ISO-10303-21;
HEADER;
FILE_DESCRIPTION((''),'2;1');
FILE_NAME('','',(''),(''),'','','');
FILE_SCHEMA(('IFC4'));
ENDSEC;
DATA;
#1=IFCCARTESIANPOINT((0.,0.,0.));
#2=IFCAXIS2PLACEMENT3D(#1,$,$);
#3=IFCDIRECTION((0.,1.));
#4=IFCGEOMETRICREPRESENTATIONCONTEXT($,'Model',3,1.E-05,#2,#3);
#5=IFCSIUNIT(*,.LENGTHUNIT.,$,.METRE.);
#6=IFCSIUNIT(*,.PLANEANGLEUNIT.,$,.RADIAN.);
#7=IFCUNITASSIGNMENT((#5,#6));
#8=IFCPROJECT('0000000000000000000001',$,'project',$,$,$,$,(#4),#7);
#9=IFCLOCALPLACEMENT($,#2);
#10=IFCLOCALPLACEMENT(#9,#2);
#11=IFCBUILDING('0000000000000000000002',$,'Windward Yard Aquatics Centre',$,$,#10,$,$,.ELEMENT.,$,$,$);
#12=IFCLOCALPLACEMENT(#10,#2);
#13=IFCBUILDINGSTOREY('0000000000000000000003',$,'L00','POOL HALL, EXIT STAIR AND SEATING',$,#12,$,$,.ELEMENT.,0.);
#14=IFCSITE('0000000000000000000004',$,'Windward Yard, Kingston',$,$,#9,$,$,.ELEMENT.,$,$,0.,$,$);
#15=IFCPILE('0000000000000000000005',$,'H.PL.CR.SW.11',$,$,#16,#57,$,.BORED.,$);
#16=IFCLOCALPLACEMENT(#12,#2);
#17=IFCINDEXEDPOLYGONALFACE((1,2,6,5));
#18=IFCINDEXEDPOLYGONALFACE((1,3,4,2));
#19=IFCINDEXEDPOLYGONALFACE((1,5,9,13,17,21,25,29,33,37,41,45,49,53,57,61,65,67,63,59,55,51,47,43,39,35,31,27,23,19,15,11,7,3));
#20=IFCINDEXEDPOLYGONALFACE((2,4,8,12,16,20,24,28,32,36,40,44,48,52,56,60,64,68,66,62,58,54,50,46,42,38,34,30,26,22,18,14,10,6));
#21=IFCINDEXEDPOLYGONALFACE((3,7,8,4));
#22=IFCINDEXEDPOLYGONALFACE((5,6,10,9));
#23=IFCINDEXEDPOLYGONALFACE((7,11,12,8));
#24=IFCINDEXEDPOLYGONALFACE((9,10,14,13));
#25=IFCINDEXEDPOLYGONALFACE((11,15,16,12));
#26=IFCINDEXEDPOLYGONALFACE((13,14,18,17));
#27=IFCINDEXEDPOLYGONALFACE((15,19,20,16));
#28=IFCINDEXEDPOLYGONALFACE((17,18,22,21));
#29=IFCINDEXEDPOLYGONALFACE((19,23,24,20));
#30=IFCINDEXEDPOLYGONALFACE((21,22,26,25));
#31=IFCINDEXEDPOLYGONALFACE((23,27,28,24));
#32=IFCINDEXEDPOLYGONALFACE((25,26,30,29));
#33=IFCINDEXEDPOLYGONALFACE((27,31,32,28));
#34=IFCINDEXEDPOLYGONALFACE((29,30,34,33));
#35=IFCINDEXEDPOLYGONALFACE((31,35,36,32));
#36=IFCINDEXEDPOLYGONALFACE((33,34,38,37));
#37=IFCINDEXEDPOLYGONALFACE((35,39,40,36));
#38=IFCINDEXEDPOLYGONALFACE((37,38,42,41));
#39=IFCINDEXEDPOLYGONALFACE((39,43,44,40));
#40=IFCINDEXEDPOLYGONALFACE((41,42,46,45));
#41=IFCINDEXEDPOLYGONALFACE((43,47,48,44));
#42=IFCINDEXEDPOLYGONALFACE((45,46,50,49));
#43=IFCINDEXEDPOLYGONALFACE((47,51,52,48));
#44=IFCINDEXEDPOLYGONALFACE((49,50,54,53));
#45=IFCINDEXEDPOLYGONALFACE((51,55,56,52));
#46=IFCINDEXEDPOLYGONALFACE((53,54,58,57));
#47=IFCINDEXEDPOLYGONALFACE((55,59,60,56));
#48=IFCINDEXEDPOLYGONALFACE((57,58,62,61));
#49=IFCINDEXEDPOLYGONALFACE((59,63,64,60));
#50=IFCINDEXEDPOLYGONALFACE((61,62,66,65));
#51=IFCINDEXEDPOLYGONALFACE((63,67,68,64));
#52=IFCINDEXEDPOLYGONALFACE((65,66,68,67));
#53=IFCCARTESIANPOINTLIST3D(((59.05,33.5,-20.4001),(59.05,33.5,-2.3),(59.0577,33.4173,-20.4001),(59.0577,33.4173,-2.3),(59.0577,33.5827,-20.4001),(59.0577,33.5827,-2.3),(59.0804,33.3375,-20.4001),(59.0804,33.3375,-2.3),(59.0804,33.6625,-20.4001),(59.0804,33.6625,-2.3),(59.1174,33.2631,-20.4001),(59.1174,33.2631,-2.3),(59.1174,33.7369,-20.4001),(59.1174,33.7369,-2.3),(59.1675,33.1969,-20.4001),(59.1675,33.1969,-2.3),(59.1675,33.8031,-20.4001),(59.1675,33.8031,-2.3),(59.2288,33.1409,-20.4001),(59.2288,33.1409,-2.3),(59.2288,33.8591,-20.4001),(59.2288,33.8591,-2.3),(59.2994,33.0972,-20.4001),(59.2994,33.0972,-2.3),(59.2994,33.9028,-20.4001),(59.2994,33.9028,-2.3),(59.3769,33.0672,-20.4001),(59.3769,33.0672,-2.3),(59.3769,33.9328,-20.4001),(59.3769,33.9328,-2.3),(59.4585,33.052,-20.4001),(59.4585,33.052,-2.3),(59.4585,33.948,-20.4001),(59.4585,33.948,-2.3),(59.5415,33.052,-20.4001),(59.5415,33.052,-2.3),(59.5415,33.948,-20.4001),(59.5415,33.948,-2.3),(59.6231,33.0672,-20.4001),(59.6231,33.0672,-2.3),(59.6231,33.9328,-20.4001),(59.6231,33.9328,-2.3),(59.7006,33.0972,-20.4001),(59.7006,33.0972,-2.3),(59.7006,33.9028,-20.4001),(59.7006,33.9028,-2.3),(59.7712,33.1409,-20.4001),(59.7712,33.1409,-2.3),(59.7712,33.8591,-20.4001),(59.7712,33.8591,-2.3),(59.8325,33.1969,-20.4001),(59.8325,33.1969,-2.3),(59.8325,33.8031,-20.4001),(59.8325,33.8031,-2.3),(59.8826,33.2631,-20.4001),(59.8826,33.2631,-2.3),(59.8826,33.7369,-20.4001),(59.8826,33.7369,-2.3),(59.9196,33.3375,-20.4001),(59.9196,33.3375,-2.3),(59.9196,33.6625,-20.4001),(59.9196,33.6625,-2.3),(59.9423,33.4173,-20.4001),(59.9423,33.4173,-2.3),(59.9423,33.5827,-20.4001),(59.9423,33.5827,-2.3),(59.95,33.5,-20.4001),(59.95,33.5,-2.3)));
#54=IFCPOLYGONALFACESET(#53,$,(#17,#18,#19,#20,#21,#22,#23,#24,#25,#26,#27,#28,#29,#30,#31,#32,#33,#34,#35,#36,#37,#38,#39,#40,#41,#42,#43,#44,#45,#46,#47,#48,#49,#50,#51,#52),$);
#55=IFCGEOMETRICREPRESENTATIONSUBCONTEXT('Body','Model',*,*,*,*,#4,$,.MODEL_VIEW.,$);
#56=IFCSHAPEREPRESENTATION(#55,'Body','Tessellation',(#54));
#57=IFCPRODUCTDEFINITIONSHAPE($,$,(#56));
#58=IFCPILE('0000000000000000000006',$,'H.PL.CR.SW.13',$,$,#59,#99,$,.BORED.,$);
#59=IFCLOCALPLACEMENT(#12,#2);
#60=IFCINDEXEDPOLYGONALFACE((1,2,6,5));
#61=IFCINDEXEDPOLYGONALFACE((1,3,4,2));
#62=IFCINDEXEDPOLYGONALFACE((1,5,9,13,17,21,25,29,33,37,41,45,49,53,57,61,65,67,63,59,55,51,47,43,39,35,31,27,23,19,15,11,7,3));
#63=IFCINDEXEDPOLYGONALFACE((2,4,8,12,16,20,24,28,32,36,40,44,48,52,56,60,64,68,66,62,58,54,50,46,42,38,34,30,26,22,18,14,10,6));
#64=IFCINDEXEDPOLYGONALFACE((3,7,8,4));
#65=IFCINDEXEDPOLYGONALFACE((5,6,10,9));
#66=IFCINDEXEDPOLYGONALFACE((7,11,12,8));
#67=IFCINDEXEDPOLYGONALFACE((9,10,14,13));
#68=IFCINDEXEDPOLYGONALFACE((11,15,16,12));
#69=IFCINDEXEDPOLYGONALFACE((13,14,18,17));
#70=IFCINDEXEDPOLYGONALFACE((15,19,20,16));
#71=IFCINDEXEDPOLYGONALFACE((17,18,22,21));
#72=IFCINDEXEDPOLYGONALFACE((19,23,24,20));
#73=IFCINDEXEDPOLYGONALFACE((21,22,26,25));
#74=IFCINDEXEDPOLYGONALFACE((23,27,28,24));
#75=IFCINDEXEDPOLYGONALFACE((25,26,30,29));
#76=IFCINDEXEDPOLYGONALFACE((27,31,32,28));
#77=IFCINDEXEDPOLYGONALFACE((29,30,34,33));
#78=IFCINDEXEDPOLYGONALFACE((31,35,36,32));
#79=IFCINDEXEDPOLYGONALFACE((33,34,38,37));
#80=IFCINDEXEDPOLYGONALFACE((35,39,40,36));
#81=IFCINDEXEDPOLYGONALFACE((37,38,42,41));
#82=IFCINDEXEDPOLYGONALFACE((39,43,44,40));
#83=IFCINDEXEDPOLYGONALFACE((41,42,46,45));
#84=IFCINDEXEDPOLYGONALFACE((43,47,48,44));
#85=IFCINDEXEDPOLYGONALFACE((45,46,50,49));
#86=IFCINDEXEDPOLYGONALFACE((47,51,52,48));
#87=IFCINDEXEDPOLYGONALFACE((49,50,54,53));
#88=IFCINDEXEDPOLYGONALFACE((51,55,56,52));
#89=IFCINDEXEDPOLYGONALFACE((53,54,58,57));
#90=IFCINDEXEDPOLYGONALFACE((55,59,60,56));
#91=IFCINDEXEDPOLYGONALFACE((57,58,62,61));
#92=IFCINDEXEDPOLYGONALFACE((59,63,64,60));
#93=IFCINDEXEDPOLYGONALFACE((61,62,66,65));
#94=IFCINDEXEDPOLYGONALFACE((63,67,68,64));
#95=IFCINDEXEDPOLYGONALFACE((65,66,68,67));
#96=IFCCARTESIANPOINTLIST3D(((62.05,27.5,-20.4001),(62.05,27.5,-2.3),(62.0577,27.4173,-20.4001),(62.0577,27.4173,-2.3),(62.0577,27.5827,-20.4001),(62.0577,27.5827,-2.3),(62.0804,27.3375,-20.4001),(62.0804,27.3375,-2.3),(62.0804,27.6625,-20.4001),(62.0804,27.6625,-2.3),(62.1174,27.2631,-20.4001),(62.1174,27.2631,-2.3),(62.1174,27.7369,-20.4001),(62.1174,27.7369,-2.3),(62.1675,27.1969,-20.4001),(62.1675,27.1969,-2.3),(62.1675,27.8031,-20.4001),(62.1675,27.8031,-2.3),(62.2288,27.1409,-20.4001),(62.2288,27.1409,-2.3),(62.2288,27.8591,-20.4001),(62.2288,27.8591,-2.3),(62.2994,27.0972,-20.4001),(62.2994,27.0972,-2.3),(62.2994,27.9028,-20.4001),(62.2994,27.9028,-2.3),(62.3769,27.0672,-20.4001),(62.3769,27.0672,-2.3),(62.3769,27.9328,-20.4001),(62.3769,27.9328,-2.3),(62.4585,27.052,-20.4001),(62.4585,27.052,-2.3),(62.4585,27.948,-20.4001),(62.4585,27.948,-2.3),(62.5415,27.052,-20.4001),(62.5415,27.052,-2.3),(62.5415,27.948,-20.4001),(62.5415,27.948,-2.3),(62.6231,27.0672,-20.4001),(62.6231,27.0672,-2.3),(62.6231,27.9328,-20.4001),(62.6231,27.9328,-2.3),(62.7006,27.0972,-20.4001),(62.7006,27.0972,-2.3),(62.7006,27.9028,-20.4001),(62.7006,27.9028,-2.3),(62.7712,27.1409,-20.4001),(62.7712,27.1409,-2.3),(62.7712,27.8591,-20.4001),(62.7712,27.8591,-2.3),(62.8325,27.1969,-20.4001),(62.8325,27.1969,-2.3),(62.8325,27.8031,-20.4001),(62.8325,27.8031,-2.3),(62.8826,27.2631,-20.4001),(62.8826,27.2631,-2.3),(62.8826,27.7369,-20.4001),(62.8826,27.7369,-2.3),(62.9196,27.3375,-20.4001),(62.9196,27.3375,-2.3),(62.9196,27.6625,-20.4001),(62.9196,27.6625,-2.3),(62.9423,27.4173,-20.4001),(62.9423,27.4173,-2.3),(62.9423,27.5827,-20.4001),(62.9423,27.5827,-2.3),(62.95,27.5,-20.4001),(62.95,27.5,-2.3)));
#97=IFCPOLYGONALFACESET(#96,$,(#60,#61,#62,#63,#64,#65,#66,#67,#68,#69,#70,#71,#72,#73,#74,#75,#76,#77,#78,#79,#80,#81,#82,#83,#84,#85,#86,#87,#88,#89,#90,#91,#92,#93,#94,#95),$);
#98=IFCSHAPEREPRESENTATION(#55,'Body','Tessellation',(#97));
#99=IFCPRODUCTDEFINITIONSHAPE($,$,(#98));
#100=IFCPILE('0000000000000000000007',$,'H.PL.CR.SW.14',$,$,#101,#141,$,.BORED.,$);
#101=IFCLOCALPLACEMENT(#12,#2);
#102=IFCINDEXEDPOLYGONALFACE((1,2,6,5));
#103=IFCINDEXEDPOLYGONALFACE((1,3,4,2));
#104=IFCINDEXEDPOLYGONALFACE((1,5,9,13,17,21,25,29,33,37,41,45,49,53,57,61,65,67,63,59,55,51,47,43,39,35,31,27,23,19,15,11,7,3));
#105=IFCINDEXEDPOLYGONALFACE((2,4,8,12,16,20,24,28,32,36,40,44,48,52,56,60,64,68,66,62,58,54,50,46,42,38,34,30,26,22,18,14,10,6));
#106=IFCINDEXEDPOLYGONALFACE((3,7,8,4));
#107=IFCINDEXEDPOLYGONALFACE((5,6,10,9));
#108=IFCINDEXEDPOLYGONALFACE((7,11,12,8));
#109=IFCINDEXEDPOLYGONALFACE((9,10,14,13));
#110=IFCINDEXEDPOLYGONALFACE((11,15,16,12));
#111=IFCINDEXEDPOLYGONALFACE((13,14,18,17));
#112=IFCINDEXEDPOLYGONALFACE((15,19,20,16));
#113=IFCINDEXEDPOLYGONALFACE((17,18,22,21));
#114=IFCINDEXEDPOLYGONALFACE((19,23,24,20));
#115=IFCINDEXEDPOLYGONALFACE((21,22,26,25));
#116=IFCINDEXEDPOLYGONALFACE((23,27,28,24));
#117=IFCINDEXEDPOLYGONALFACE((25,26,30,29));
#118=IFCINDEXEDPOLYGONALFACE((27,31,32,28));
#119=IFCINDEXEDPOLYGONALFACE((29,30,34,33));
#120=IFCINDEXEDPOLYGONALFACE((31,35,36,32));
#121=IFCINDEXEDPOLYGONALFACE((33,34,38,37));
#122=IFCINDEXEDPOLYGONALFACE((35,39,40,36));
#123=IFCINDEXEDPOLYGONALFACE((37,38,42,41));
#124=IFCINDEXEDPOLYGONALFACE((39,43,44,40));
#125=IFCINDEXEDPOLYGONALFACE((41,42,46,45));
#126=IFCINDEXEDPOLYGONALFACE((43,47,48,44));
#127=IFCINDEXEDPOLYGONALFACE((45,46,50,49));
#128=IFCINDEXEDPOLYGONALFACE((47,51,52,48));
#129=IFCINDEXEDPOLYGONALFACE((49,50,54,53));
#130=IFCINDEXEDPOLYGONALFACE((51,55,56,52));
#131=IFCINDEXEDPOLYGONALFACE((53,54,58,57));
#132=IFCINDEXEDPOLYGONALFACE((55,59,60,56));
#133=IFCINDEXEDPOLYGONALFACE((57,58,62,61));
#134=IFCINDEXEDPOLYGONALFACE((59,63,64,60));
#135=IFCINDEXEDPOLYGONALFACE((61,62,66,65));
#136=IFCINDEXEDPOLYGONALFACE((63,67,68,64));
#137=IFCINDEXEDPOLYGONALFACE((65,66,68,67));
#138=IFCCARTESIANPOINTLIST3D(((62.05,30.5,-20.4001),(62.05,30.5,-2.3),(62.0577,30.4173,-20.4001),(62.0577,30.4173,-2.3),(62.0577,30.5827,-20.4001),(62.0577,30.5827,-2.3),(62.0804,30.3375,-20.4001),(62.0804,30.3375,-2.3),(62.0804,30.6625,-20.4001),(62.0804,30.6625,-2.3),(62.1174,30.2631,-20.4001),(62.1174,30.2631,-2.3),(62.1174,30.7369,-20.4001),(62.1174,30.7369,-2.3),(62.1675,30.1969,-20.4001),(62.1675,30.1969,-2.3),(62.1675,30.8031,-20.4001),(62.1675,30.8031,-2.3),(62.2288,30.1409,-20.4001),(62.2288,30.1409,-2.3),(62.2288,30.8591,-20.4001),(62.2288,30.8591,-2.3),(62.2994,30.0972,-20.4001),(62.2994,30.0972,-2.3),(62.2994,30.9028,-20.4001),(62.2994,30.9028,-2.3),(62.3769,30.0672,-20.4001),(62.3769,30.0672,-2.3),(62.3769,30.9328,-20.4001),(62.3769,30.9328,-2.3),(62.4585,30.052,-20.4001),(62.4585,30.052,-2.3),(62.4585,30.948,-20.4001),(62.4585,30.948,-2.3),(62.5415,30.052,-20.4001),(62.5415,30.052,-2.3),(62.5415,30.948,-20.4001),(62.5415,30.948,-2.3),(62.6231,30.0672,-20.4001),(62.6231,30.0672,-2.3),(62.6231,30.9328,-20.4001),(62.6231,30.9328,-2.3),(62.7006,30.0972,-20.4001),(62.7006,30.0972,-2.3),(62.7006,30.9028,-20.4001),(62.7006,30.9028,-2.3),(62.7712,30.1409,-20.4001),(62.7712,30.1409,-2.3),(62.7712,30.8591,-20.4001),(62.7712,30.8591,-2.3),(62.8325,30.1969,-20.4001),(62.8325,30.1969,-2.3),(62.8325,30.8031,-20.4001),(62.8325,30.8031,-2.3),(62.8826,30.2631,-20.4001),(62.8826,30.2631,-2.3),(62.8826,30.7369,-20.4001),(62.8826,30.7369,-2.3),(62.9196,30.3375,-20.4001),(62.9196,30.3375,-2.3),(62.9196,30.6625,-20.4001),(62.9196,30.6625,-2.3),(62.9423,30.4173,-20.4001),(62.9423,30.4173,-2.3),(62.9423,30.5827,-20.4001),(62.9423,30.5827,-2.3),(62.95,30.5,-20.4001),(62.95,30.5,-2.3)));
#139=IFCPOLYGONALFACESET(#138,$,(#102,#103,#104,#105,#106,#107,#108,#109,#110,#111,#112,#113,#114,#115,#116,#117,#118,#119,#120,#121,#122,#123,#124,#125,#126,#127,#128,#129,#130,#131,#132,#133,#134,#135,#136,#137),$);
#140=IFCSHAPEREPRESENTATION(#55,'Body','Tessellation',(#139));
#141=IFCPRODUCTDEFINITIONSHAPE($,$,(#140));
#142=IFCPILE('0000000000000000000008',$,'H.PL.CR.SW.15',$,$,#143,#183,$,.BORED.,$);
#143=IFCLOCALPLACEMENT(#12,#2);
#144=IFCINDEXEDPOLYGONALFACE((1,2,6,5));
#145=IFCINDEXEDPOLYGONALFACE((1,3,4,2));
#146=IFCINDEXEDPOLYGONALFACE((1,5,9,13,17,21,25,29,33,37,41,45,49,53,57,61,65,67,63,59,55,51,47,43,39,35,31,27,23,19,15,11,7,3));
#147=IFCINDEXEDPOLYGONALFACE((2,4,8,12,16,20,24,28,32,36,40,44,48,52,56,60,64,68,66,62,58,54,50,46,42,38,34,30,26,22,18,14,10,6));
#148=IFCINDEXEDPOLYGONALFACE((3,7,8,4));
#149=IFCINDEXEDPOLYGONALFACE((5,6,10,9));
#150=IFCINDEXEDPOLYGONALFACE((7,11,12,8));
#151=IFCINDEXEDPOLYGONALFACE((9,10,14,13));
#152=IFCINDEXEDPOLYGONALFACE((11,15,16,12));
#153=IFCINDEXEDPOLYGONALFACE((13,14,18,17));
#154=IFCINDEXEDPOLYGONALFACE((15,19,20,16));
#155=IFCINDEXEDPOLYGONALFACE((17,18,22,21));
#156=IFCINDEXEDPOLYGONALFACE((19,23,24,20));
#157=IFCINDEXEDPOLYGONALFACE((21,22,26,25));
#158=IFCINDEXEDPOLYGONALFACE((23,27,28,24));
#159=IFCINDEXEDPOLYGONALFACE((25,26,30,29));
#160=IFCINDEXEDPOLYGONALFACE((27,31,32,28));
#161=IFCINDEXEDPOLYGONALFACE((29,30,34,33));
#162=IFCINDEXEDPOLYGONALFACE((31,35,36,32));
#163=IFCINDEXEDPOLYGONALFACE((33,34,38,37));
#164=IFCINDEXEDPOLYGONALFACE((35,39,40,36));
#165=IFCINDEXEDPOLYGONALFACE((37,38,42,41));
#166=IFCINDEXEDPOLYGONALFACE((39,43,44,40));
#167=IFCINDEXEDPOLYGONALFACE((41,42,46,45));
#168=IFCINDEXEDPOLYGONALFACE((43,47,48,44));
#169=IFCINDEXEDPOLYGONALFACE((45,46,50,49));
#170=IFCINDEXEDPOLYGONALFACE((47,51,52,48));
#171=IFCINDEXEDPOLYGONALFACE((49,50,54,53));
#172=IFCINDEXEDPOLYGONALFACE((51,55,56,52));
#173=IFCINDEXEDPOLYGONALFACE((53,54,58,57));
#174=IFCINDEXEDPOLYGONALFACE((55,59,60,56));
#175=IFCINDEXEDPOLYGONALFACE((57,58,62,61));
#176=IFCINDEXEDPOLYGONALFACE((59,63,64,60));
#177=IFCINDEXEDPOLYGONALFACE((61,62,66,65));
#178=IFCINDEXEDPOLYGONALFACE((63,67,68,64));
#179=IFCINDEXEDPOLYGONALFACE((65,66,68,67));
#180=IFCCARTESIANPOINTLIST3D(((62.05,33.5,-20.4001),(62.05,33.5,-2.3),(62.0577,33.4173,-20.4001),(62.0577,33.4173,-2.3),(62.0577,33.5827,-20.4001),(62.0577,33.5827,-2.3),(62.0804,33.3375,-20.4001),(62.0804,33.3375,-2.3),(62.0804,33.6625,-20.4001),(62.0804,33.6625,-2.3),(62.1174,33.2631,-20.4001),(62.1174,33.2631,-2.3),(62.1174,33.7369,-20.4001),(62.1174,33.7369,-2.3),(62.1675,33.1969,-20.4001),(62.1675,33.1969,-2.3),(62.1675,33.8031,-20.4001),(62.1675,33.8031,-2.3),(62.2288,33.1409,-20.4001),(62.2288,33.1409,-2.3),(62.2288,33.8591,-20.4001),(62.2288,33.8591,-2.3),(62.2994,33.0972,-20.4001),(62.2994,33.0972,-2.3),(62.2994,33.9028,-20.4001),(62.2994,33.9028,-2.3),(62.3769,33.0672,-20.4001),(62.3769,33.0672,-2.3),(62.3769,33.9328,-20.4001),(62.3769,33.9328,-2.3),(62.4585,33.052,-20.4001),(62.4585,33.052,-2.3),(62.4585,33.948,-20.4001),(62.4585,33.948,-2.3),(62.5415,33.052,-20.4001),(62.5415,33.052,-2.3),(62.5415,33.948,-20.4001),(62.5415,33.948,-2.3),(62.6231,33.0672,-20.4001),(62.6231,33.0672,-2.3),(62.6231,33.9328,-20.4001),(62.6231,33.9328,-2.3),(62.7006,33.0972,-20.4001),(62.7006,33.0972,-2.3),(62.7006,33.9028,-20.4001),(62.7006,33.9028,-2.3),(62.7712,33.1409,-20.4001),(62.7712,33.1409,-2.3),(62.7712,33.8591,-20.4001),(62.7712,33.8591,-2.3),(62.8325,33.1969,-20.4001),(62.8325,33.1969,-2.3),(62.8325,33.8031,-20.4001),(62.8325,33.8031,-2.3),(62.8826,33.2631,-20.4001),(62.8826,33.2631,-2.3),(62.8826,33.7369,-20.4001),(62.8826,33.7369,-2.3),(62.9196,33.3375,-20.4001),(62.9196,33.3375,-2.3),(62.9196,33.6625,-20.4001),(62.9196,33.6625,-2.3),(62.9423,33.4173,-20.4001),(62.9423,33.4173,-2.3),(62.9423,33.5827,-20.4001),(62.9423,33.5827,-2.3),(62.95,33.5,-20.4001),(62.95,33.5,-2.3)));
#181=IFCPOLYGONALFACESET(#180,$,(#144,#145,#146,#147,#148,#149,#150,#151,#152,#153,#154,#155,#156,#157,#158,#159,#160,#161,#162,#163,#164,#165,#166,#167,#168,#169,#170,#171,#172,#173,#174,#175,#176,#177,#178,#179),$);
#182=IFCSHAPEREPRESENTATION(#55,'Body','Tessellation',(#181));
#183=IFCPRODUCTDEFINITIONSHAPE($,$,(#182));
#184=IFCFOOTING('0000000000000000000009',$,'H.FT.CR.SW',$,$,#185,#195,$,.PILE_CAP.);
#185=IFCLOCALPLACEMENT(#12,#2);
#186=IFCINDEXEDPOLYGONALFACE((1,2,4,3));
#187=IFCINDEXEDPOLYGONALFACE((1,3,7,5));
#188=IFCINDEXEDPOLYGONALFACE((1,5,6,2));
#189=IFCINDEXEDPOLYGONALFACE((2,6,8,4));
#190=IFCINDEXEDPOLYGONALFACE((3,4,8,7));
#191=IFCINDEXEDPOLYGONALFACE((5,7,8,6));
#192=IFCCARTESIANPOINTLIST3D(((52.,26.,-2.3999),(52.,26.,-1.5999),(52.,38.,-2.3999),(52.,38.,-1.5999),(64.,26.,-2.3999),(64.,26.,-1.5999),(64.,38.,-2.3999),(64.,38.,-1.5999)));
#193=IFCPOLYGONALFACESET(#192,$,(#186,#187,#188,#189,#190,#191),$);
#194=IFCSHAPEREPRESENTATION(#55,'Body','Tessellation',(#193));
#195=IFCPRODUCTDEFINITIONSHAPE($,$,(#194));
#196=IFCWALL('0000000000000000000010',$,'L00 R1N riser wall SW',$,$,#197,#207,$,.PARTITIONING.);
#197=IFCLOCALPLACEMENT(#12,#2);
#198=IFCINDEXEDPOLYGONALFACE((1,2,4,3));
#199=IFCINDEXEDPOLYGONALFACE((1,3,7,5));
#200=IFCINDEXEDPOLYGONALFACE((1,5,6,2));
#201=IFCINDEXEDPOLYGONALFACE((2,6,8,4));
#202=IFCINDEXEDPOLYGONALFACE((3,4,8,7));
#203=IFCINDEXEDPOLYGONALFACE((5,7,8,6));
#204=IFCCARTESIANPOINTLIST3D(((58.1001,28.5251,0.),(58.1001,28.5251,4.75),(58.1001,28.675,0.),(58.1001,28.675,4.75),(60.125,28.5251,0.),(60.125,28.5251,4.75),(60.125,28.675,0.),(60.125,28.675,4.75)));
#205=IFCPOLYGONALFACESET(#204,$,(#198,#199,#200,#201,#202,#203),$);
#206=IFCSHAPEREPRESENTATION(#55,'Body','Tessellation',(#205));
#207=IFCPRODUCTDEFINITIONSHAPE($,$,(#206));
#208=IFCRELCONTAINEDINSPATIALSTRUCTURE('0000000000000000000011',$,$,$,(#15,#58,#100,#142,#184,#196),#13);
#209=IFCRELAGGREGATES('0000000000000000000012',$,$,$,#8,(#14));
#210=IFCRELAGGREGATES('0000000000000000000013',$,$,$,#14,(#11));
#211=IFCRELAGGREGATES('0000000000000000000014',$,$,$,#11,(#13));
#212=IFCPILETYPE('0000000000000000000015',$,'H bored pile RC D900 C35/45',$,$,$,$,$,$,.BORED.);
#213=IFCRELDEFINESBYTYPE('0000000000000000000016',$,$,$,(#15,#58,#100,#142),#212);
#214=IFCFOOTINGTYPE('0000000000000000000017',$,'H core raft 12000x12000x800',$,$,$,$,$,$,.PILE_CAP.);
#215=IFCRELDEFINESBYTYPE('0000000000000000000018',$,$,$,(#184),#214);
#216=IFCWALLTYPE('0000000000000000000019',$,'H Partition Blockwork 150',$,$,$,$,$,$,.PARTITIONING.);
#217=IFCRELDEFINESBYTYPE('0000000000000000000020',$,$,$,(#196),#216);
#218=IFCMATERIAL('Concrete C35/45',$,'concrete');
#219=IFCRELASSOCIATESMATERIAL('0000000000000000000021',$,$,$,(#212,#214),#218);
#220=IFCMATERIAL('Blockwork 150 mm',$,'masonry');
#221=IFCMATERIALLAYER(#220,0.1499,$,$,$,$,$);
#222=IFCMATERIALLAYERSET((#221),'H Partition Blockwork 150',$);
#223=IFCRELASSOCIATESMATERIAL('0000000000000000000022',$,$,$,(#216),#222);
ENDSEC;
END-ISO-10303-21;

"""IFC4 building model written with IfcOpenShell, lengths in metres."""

from ifc_helpers import new_model, si_unit, direction, frame, frame_2d, origin, origin_2d, place, context, subcontext, project, spatial, rectangle, circle, extrude, material, layer, layer_set, material_profile, profile_set, type_object, element, save


model = new_model("IFC4")

# Units and contexts
model_context = context("Model", 3, precision=1e-05, world=origin(), true_north=direction((0.0, 1.0)))
body_context = subcontext(model_context, "Body", "Model", "MODEL_VIEW")
ifc_project = project(units=[si_unit("LENGTHUNIT", "METRE"), si_unit("PLANEANGLEUNIT", "RADIAN")], contexts=[model_context])

# Site, building, storey
site_placement = place(None, origin())
site = spatial("IfcSite", under=ifc_project, at=site_placement, Name="Windward Yard, Kingston", CompositionType="ELEMENT", RefElevation=0.0)
building_placement = place(site_placement, origin())
building = spatial("IfcBuilding", under=site, at=building_placement, Name="Windward Yard Aquatics Centre", CompositionType="ELEMENT")
storey_placement = place(building_placement, origin())
storey = spatial("IfcBuildingStorey", under=building, at=storey_placement, Name="L00", Description="POOL HALL, EXIT STAIR AND SEATING", CompositionType="ELEMENT", Elevation=0.0)

# Piles
ifc_material_1 = material(Name="Concrete C35/45", Category="concrete")
ifc_material_profile = material_profile(ifc_material_1, circle(Radius=0.45, at=origin_2d()), Name="RC D900")
ifc_profile_set = profile_set([ifc_material_profile], Name="Concrete C35/45")
pile_type = type_object("IfcPileType", Name="H bored pile RC D900 C35/45", PredefinedType="BORED", material=ifc_profile_set)
for number, where, z_axis, x_axis, name in (
    (1, (59.5, 33.5, -2.3), (0.0, 0.0, -1.0), (1.0, 0.0, 0.0), "H.PL.CR.SW.11"),
    (2, (62.5, 27.5, -2.3), (0.0, 0.0, -1.0), (1.0, 0.0, 0.0), "H.PL.CR.SW.13"),
    (3, (62.5, 30.5, -2.3), (0.0, 0.0, -1.0), (1.0, 0.0, 0.0), "H.PL.CR.SW.14"),
    (4, (62.5, 33.5, -2.3), (0.0, 0.0, -1.0), (1.0, 0.0, 0.0), "H.PL.CR.SW.15"),
):
    element("IfcPile", number, at=place(storey_placement, frame(where, z_axis=z_axis, x_axis=x_axis)), inside=storey, type_object=pile_type, Name=name, PredefinedType="BORED", context=body_context, shape_type="SweptSolid", body=[
        extrude(circle(Radius=0.45, at=origin_2d()), origin(), (0.0, 0.0, 1.0), 18.1001),
    ])

# Footing
footing_type = type_object("IfcFootingType", Name="H core raft 12000x12000x800", PredefinedType="PILE_CAP", material=ifc_material_1)
footing_placement = place(storey_placement, frame((58.0, 32.0, -2.3999), z_axis=(0.0, 0.0, 1.0), x_axis=(1.0, 0.0, 0.0)))
element("IfcFooting", 5, at=footing_placement, inside=storey, type_object=footing_type, Name="H.FT.CR.SW", PredefinedType="PILE_CAP", context=body_context, shape_type="SweptSolid", body=[
    extrude(rectangle(XDim=12.0, YDim=12.0, at=origin_2d()), origin(), (0.0, 0.0, 1.0), 0.8),
])

# Wall
ifc_material_2 = material(Name="Blockwork 150 mm", Category="masonry")
ifc_layer_1 = layer(ifc_material_2, 0.1499)
ifc_layer_set_1 = layer_set([ifc_layer_1], Name="H Partition Blockwork 150")
wall_type_1 = type_object("IfcWallType", Name="H Partition Blockwork 150", PredefinedType="PARTITIONING", material=ifc_layer_set_1)
wall_1_placement = place(storey_placement, frame((58.1001, 28.6001, 0.0), z_axis=(0.0, 0.0, 1.0), x_axis=(1.0, 0.0, 0.0)))
element("IfcWall", 6, at=wall_1_placement, inside=storey, type_object=wall_type_1, Name="L00 R1N riser wall SW", PredefinedType="PARTITIONING", context=body_context, shape_type="SweptSolid", body=[
    extrude(rectangle(XDim=2.0249, YDim=0.1499, at=frame_2d((1.0125, 0.0))), origin(), (0.0, 0.0, 1.0), 4.75),
])

save(model, "model.ifc")
